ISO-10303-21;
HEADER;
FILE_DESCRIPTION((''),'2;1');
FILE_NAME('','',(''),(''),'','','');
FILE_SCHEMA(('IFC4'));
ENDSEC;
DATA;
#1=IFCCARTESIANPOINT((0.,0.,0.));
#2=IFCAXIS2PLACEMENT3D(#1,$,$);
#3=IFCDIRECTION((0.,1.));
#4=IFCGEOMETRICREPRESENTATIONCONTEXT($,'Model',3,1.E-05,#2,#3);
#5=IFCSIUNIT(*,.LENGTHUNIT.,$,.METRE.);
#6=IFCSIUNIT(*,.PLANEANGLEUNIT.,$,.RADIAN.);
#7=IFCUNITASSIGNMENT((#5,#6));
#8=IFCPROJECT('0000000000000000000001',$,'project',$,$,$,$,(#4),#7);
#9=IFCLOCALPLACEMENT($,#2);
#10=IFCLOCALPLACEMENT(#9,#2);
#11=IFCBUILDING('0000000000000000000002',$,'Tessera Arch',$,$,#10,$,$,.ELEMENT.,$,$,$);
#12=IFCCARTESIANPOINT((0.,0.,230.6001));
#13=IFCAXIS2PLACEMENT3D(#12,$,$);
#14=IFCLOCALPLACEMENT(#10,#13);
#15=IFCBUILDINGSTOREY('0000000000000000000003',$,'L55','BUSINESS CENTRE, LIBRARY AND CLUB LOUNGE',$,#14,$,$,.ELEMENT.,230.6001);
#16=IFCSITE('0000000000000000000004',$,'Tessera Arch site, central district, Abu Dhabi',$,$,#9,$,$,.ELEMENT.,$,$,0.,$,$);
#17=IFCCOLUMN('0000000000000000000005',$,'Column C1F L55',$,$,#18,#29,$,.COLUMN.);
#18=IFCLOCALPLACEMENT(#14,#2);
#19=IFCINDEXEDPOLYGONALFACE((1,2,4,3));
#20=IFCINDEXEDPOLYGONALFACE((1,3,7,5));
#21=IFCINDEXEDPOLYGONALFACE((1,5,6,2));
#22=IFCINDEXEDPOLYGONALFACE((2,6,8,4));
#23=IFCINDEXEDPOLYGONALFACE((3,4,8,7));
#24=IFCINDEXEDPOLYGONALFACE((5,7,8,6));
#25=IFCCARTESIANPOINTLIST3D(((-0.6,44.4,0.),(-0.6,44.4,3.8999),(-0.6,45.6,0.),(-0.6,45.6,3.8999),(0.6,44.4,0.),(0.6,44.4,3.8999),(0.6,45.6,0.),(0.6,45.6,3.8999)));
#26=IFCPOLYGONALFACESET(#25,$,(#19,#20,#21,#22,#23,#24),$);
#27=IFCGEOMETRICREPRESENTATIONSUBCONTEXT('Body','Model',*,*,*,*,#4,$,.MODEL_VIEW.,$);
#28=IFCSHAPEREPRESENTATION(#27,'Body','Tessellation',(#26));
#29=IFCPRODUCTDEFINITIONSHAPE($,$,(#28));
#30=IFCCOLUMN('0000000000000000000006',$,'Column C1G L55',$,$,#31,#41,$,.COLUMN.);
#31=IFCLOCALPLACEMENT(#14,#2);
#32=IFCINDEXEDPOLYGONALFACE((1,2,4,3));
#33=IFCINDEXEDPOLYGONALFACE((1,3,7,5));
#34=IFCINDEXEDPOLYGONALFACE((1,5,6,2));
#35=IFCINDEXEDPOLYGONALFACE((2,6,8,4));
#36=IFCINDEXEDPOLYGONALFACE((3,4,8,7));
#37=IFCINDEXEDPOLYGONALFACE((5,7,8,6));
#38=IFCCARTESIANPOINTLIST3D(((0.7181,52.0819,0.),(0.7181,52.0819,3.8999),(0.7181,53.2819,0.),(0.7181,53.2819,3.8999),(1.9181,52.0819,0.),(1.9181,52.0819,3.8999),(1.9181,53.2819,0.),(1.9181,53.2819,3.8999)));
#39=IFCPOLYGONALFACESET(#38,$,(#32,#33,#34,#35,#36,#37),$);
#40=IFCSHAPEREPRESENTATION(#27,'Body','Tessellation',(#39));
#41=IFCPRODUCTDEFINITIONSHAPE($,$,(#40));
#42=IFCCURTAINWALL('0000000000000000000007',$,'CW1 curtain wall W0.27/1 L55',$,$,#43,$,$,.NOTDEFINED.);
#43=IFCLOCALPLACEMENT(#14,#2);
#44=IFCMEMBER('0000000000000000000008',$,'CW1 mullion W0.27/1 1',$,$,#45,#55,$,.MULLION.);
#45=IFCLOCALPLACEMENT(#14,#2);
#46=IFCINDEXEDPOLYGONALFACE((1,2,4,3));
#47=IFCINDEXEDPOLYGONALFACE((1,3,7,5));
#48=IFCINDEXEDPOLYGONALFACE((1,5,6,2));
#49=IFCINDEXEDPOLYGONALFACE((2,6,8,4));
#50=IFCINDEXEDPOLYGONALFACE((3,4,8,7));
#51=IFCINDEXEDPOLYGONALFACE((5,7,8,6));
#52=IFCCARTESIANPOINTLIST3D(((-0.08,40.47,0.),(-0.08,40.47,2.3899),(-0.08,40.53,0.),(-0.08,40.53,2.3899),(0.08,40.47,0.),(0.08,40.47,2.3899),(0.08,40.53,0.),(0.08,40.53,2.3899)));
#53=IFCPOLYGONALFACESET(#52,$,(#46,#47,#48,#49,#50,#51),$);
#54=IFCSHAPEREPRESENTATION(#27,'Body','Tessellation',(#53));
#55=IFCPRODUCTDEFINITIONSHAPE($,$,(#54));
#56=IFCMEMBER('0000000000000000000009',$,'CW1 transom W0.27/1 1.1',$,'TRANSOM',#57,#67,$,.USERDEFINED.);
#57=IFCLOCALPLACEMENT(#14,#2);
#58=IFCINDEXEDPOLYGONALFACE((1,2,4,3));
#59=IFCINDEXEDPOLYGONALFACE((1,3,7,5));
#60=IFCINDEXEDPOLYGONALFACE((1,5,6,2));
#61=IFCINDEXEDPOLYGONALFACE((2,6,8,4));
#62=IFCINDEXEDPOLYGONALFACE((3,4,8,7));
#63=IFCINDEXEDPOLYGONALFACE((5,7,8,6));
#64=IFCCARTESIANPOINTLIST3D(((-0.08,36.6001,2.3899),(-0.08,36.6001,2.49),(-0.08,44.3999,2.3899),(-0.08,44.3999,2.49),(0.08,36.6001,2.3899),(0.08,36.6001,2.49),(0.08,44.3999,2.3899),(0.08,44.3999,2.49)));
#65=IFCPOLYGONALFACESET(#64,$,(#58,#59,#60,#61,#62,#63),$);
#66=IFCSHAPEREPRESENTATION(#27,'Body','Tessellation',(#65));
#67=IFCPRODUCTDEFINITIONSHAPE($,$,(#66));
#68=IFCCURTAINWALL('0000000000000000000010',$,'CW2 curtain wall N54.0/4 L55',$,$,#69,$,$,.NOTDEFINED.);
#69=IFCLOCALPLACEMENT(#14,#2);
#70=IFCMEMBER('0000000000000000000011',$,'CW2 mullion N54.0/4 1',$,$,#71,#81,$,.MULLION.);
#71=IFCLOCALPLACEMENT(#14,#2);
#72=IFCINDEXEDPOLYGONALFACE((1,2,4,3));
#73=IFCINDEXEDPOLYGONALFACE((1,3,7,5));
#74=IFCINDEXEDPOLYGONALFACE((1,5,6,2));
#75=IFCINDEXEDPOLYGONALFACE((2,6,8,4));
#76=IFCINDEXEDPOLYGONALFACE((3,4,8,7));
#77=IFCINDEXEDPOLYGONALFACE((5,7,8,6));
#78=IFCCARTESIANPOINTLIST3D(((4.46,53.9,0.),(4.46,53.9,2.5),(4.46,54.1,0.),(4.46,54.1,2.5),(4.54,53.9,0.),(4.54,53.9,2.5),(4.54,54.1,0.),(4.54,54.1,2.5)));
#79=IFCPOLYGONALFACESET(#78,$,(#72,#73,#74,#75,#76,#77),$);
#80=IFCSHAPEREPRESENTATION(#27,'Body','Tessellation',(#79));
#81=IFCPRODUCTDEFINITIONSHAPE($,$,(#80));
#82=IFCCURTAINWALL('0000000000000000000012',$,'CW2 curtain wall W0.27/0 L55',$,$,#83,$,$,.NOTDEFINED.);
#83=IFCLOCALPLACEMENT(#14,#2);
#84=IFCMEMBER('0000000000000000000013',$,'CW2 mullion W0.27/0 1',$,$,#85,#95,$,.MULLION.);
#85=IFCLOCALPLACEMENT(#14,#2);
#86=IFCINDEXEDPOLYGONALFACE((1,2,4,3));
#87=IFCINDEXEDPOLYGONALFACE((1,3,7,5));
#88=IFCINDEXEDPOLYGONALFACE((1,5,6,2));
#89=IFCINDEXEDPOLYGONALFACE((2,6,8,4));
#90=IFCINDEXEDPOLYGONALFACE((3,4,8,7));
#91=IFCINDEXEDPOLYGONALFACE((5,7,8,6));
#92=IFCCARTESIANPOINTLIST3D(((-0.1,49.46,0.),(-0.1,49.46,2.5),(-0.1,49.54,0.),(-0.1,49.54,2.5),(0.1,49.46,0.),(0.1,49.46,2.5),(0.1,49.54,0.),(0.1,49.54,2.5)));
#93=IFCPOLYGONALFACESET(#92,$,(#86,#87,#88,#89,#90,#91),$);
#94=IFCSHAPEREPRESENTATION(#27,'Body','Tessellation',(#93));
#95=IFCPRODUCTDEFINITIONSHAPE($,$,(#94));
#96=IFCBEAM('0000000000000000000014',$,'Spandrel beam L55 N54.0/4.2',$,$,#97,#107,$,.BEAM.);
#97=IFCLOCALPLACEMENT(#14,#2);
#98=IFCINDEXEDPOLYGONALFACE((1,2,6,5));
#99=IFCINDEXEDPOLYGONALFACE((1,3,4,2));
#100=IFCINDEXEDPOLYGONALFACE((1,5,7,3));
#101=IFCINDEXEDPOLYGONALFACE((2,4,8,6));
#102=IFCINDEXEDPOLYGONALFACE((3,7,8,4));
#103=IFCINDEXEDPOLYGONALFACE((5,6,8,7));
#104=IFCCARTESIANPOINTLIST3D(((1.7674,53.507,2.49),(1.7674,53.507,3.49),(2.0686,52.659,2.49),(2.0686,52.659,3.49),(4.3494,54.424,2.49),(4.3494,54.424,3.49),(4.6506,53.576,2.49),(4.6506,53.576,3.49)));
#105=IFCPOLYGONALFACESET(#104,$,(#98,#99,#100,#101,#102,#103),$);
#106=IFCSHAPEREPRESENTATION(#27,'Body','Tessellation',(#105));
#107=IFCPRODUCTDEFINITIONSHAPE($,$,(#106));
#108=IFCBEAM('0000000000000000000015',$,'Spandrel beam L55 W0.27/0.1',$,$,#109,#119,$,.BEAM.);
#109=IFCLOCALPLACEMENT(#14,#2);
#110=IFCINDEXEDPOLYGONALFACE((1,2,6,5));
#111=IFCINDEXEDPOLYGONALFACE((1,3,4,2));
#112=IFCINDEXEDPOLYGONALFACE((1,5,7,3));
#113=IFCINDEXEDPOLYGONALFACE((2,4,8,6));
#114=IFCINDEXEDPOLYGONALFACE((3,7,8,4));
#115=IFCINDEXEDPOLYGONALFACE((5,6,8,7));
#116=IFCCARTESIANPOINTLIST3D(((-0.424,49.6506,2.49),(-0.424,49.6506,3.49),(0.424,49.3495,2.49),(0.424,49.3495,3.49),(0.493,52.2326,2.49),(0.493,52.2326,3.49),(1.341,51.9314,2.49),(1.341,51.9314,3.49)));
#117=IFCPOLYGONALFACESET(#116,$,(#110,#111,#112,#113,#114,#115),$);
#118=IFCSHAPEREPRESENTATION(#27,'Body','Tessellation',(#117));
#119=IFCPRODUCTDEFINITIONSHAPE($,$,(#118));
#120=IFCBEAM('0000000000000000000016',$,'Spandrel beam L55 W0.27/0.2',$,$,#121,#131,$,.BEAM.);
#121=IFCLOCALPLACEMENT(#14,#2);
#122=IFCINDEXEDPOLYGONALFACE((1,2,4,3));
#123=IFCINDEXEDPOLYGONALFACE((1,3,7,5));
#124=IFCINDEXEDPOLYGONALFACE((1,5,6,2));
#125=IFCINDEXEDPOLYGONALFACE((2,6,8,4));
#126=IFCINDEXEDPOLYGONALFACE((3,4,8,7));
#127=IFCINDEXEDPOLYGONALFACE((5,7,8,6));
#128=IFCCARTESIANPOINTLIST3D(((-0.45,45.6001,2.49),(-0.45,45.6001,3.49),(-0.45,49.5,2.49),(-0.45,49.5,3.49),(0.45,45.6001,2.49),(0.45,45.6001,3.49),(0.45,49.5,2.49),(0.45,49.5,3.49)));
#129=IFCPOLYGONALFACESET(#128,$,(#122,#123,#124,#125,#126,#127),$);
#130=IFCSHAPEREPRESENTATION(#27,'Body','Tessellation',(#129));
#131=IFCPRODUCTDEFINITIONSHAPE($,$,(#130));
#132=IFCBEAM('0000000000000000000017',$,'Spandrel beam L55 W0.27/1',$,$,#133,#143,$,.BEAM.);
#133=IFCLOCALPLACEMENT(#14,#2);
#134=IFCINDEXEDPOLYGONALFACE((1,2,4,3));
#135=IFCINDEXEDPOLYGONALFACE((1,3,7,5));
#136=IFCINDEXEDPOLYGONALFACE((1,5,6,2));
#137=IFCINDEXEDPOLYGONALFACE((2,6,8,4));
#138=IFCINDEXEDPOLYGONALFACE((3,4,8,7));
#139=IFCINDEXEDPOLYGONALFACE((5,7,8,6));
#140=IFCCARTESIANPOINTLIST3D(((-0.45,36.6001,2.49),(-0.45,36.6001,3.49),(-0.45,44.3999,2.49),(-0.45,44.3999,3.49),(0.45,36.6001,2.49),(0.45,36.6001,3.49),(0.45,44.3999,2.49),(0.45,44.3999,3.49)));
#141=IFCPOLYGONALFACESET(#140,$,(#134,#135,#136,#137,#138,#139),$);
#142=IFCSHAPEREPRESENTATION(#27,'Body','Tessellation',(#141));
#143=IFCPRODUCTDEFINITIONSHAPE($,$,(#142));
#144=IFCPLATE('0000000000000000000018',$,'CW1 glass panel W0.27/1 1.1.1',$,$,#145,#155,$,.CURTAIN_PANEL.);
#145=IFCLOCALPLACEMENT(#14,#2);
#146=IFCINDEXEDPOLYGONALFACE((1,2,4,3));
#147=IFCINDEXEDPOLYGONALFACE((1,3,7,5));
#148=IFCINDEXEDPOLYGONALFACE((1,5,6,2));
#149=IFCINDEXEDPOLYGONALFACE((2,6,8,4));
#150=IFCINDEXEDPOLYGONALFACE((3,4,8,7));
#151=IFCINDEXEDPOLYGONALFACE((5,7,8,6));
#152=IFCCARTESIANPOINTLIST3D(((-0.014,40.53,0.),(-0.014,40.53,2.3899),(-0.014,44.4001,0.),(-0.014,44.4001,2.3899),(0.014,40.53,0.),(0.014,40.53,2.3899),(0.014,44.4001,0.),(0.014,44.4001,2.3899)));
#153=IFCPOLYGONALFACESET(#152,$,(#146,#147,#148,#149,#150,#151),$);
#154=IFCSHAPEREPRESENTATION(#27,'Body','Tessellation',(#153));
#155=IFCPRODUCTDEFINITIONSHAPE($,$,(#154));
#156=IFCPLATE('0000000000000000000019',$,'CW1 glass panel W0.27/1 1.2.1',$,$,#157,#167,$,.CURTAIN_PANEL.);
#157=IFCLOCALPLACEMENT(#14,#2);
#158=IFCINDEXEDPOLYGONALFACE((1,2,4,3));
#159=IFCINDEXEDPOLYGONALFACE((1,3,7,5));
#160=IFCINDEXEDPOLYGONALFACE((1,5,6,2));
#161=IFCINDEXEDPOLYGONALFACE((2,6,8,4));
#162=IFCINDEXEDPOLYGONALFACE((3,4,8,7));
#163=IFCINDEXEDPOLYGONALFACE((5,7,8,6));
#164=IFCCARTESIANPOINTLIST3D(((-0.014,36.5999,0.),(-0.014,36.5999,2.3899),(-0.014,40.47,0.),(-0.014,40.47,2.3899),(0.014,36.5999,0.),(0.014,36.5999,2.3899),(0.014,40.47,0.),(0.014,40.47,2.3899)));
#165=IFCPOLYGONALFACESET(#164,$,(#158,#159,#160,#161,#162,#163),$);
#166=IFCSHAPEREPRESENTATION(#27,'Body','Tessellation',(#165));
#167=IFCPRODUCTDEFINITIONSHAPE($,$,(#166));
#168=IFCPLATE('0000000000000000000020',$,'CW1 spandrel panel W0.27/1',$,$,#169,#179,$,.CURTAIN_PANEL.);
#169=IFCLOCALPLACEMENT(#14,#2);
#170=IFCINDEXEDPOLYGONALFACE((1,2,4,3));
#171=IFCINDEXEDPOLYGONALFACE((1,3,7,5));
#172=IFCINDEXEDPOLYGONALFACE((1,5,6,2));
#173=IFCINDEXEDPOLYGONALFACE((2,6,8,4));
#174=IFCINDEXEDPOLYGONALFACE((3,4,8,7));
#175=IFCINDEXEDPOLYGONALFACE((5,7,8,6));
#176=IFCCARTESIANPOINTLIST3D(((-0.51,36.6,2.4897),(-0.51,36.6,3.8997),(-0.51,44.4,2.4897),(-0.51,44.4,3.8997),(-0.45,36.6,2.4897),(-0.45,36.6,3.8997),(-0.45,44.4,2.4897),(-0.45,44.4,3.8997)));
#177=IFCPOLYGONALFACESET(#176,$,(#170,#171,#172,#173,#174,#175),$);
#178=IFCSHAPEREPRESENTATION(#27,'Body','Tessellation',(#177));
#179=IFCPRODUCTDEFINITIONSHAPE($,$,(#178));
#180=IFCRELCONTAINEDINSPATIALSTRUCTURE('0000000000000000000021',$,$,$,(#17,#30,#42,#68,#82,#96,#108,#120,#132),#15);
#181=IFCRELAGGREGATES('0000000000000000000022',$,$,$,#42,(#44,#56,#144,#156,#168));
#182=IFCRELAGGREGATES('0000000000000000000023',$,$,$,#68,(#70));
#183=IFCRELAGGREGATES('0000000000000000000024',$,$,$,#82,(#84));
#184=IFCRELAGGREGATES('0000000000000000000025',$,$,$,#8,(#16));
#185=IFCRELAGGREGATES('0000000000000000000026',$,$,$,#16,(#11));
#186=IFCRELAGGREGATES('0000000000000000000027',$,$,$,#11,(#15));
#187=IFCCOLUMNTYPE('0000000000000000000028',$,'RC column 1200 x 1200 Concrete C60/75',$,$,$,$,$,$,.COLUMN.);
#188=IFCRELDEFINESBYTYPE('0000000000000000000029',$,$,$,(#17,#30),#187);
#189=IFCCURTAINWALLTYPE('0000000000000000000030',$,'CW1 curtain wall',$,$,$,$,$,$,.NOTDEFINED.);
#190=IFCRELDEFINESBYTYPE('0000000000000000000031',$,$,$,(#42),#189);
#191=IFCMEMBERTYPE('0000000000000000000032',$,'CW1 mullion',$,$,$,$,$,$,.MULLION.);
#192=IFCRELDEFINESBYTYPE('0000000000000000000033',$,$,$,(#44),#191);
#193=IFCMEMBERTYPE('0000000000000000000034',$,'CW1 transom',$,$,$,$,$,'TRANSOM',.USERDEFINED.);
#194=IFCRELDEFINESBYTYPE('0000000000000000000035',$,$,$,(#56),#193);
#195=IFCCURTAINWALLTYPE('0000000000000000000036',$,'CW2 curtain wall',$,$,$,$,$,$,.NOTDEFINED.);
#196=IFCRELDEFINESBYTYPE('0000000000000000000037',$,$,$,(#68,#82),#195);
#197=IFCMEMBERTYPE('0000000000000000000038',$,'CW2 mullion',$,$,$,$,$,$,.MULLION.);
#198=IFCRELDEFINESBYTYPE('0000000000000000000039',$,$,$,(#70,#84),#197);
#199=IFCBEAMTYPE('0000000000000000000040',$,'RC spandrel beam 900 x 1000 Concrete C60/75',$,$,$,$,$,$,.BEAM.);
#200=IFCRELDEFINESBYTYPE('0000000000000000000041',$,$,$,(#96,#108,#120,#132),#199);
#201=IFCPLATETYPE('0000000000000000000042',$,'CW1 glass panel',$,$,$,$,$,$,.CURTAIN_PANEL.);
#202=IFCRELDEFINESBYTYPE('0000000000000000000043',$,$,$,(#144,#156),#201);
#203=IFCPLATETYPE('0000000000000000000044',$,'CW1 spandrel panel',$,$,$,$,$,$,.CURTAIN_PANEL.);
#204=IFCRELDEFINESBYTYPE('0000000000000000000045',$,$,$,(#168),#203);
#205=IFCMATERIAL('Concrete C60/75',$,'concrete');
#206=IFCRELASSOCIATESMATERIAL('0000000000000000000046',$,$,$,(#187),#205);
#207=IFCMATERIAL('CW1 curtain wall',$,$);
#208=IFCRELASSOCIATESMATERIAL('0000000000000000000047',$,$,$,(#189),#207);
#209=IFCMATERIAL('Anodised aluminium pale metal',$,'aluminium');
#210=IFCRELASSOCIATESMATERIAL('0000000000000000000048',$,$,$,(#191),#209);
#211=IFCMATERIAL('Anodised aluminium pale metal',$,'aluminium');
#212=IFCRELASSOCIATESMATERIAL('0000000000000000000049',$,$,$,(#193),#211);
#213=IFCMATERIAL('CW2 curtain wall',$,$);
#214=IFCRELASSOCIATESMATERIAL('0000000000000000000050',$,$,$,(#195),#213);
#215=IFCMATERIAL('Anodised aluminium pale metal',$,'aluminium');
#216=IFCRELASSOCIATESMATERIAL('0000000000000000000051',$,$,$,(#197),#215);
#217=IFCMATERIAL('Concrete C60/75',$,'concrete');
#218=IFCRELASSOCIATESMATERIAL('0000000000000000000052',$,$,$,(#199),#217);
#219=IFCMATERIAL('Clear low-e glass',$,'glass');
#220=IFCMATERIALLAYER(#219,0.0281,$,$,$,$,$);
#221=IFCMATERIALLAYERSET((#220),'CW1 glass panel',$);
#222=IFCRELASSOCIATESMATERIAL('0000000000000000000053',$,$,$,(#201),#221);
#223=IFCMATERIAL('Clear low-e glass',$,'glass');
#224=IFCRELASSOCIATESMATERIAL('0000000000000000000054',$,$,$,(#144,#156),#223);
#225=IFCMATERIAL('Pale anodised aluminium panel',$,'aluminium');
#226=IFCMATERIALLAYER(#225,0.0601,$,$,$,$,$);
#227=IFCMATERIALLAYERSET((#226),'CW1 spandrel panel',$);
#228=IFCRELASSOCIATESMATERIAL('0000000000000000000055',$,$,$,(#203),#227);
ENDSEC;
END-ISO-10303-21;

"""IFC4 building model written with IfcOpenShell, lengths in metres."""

from ifc_helpers import new_model, si_unit, direction, frame, origin, origin_2d, place, context, subcontext, project, spatial, rectangle, extrude, material, layer, layer_set, material_profile, profile_set, type_object, element, aggregate, save


model = new_model("IFC4")

# Units and contexts
model_context = context("Model", 3, precision=1e-05, world=origin(), true_north=direction((0.0, 1.0)))
body_context = subcontext(model_context, "Body", "Model", "MODEL_VIEW")
ifc_project = project(units=[si_unit("LENGTHUNIT", "METRE"), si_unit("PLANEANGLEUNIT", "RADIAN")], contexts=[model_context])

# Site, building, storey
site_placement = place(None, origin())
site = spatial("IfcSite", under=ifc_project, at=site_placement, Name="Tessera Arch site, central district, Abu Dhabi", CompositionType="ELEMENT", RefElevation=0.0)
building_placement = place(site_placement, origin())
building = spatial("IfcBuilding", under=site, at=building_placement, Name="Tessera Arch", CompositionType="ELEMENT")
storey_placement = place(building_placement, frame((0.0, 0.0, 230.6001)))
storey = spatial("IfcBuildingStorey", under=building, at=storey_placement, Name="L55", Description="BUSINESS CENTRE, LIBRARY AND CLUB LOUNGE", CompositionType="ELEMENT", Elevation=230.6001)

# Columns
ifc_material_1 = material(Name="Concrete C60/75", Category="concrete")
ifc_material_profile_1 = material_profile(ifc_material_1, rectangle(XDim=1.2, YDim=1.2, at=origin_2d()), Name="RC column 1200 x 1200 Concrete C60/75")
ifc_profile_set_1 = profile_set([ifc_material_profile_1], Name="Concrete C60/75")
column_type = type_object("IfcColumnType", Name="RC column 1200 x 1200 Concrete C60/75", PredefinedType="COLUMN", material=ifc_profile_set_1)
for number, where, z_axis, x_axis, name in (
    (1, (0.0, 45.0, 0.0), (0.0, 0.0, 1.0), (1.0, 0.0, 0.0), "Column C1F L55"),
    (2, (1.3181, 52.6819, 0.0), (0.0, 0.0, 1.0), (1.0, 0.0, 0.0), "Column C1G L55"),
):
    element("IfcColumn", number, at=place(storey_placement, frame(where, z_axis=z_axis, x_axis=x_axis)), inside=storey, type_object=column_type, Name=name, PredefinedType="COLUMN", context=body_context, shape_type="SweptSolid", body=[
        extrude(rectangle(XDim=1.2, YDim=1.2, at=origin_2d()), origin(), (0.0, 0.0, 1.0), 3.8999),
    ])

# Curtain wall, members
ifc_material_2 = material(Name="CW1 curtain wall")
curtain_wall_type_1 = type_object("IfcCurtainWallType", Name="CW1 curtain wall", PredefinedType="NOTDEFINED", material=ifc_material_2)
curtain_wall_1_placement = place(storey_placement, origin())
curtain_wall_1 = element("IfcCurtainWall", 3, at=curtain_wall_1_placement, inside=storey, type_object=curtain_wall_type_1, Name="CW1 curtain wall W0.27/1 L55", PredefinedType="NOTDEFINED")
ifc_material_3 = material(Name="Anodised aluminium pale metal", Category="aluminium")
ifc_material_profile_2 = material_profile(ifc_material_3, rectangle(XDim=0.1599, YDim=0.0601, at=origin_2d()), Name="AL 60x160")
ifc_profile_set_2 = profile_set([ifc_material_profile_2], Name="Anodised aluminium pale metal")
member_type_1 = type_object("IfcMemberType", Name="CW1 mullion", PredefinedType="MULLION", material=ifc_profile_set_2)
member_1_placement = place(storey_placement, frame((0.0, 40.5, 0.0), z_axis=(0.0, 0.0, 1.0), x_axis=(1.0, 0.0, 0.0)))
member_1 = element("IfcMember", 4, at=member_1_placement, type_object=member_type_1, Name="CW1 mullion W0.27/1 1", PredefinedType="MULLION", context=body_context, shape_type="SweptSolid", body=[
    extrude(rectangle(XDim=0.1599, YDim=0.0601, at=origin_2d()), origin(), (0.0, 0.0, 1.0), 2.3899),
])
ifc_material_4 = material(Name="Anodised aluminium pale metal", Category="aluminium")
ifc_material_profile_3 = material_profile(ifc_material_4, rectangle(XDim=0.1599, YDim=0.1001, at=origin_2d()), Name="AL 160x100")
ifc_profile_set_3 = profile_set([ifc_material_profile_3], Name="Anodised aluminium pale metal")
member_type_2 = type_object("IfcMemberType", Name="CW1 transom", ElementType="TRANSOM", PredefinedType="USERDEFINED", material=ifc_profile_set_3)
member_2_placement = place(storey_placement, frame((0.0, 44.3999, 2.4399), z_axis=(0.0, -1.0, 0.0), x_axis=(1.0, 0.0, 0.0)))
member_2 = element("IfcMember", 5, at=member_2_placement, type_object=member_type_2, Name="CW1 transom W0.27/1 1.1", ObjectType="TRANSOM", PredefinedType="USERDEFINED", context=body_context, shape_type="SweptSolid", body=[
    extrude(rectangle(XDim=0.1599, YDim=0.1001, at=origin_2d()), origin(), (0.0, 0.0, 1.0), 7.7998),
])

# Curtain walls, members
ifc_material_5 = material(Name="CW2 curtain wall")
curtain_wall_type_2 = type_object("IfcCurtainWallType", Name="CW2 curtain wall", PredefinedType="NOTDEFINED", material=ifc_material_5)
curtain_wall_2_placement = place(storey_placement, origin())
curtain_wall_2 = element("IfcCurtainWall", 6, at=curtain_wall_2_placement, inside=storey, type_object=curtain_wall_type_2, Name="CW2 curtain wall N54.0/4 L55", PredefinedType="NOTDEFINED")
ifc_material_6 = material(Name="Anodised aluminium pale metal", Category="aluminium")
ifc_material_profile_4 = material_profile(ifc_material_6, rectangle(XDim=0.2, YDim=0.0801, at=origin_2d()), Name="AL 80x200")
ifc_profile_set_4 = profile_set([ifc_material_profile_4], Name="Anodised aluminium pale metal")
member_type_3 = type_object("IfcMemberType", Name="CW2 mullion", PredefinedType="MULLION", material=ifc_profile_set_4)
member_3_placement = place(storey_placement, frame((4.5, 54.0, 0.0), z_axis=(0.0, 0.0, 1.0), x_axis=(0.0, -1.0, 0.0)))
member_3 = element("IfcMember", 7, at=member_3_placement, type_object=member_type_3, Name="CW2 mullion N54.0/4 1", PredefinedType="MULLION", context=body_context, shape_type="SweptSolid", body=[
    extrude(rectangle(XDim=0.2, YDim=0.0801, at=origin_2d()), origin(), (0.0, 0.0, 1.0), 2.5),
])
curtain_wall_3_placement = place(storey_placement, origin())
curtain_wall_3 = element("IfcCurtainWall", 8, at=curtain_wall_3_placement, inside=storey, type_object=curtain_wall_type_2, Name="CW2 curtain wall W0.27/0 L55", PredefinedType="NOTDEFINED")
member_4_placement = place(storey_placement, frame((0.0, 49.5, 0.0), z_axis=(0.0, 0.0, 1.0), x_axis=(1.0, 0.0, 0.0)))
member_4 = element("IfcMember", 9, at=member_4_placement, type_object=member_type_3, Name="CW2 mullion W0.27/0 1", PredefinedType="MULLION", context=body_context, shape_type="SweptSolid", body=[
    extrude(rectangle(XDim=0.2, YDim=0.0801, at=origin_2d()), origin(), (0.0, 0.0, 1.0), 2.5),
])

# Beams
ifc_material_7 = material(Name="Concrete C60/75", Category="concrete")
ifc_material_profile_5 = material_profile(ifc_material_7, rectangle(XDim=0.8999, YDim=1.0, at=origin_2d()), Name="RC spandrel beam 900 x 1000 Concrete C60/75")
ifc_profile_set_5 = profile_set([ifc_material_profile_5], Name="Concrete C60/75")
beam_type = type_object("IfcBeamType", Name="RC spandrel beam 900 x 1000 Concrete C60/75", PredefinedType="BEAM", material=ifc_profile_set_5)
for number, where, z_axis, x_axis, name in (
    (10, (4.5, 54.0, 2.99), (-0.942337, -0.334665, 0.0), (0.334665, -0.942337, 0.0), "Spandrel beam L55 N54.0/4.2"),
    (11, (0.917, 52.082, 2.99), (-0.334665, -0.942337, 0.0), (0.942337, -0.334665, 0.0), "Spandrel beam L55 W0.27/0.1"),
):
    element("IfcBeam", number, at=place(storey_placement, frame(where, z_axis=z_axis, x_axis=x_axis)), inside=storey, type_object=beam_type, Name=name, PredefinedType="BEAM", context=body_context, shape_type="SweptSolid", body=[
        extrude(rectangle(XDim=0.8999, YDim=1.0, at=origin_2d()), origin(), (0.0, 0.0, 1.0), 2.74),
    ])
beam_1_placement = place(storey_placement, frame((0.0, 49.5, 2.99), z_axis=(0.0, -1.0, 0.0), x_axis=(1.0, 0.0, 0.0)))
element("IfcBeam", 12, at=beam_1_placement, inside=storey, type_object=beam_type, Name="Spandrel beam L55 W0.27/0.2", PredefinedType="BEAM", context=body_context, shape_type="SweptSolid", body=[
    extrude(rectangle(XDim=0.8999, YDim=1.0, at=origin_2d()), origin(), (0.0, 0.0, 1.0), 3.8999),
])
beam_2_placement = place(storey_placement, frame((0.0, 44.3999, 2.99), z_axis=(0.0, -1.0, 0.0), x_axis=(1.0, 0.0, 0.0)))
element("IfcBeam", 13, at=beam_2_placement, inside=storey, type_object=beam_type, Name="Spandrel beam L55 W0.27/1", PredefinedType="BEAM", context=body_context, shape_type="SweptSolid", body=[
    extrude(rectangle(XDim=0.8999, YDim=1.0, at=origin_2d()), origin(), (0.0, 0.0, 1.0), 7.7998),
])

# Plates
ifc_material_8 = material(Name="Clear low-e glass", Category="glass")
ifc_material_9 = material(Name="Clear low-e glass", Category="glass")
ifc_layer_1 = layer(ifc_material_9, 0.0281)
ifc_layer_set_1 = layer_set([ifc_layer_1], Name="CW1 glass panel")
plate_type_1 = type_object("IfcPlateType", Name="CW1 glass panel", PredefinedType="CURTAIN_PANEL", material=ifc_layer_set_1)
plate_1_placement = place(storey_placement, frame((0.0, 42.4651, 0.0), z_axis=(0.0, 0.0, 1.0), x_axis=(0.0, -1.0, 0.0)))
plate_1 = element("IfcPlate", 14, at=plate_1_placement, type_object=plate_type_1, material=ifc_material_8, Name="CW1 glass panel W0.27/1 1.1.1", PredefinedType="CURTAIN_PANEL", context=body_context, shape_type="SweptSolid", body=[
    extrude(rectangle(XDim=3.8701, YDim=0.0281, at=origin_2d()), origin(), (0.0, 0.0, 1.0), 2.3899),
])
plate_2_placement = place(storey_placement, frame((0.0, 38.5349, 0.0), z_axis=(0.0, 0.0, 1.0), x_axis=(0.0, -1.0, 0.0)))
plate_2 = element("IfcPlate", 15, at=plate_2_placement, type_object=plate_type_1, material=ifc_material_8, Name="CW1 glass panel W0.27/1 1.2.1", PredefinedType="CURTAIN_PANEL", context=body_context, shape_type="SweptSolid", body=[
    extrude(rectangle(XDim=3.8701, YDim=0.0281, at=origin_2d()), origin(), (0.0, 0.0, 1.0), 2.3899),
])
ifc_material_10 = material(Name="Pale anodised aluminium panel", Category="aluminium")
ifc_layer_2 = layer(ifc_material_10, 0.0601)
ifc_layer_set_2 = layer_set([ifc_layer_2], Name="CW1 spandrel panel")
plate_type_2 = type_object("IfcPlateType", Name="CW1 spandrel panel", PredefinedType="CURTAIN_PANEL", material=ifc_layer_set_2)
plate_3_placement = place(storey_placement, frame((-0.48, 40.5, 2.4897), z_axis=(0.0, 0.0, 1.0), x_axis=(0.0, -1.0, 0.0)))
plate_3 = element("IfcPlate", 16, at=plate_3_placement, type_object=plate_type_2, Name="CW1 spandrel panel W0.27/1", PredefinedType="CURTAIN_PANEL", context=body_context, shape_type="SweptSolid", body=[
    extrude(rectangle(XDim=7.8, YDim=0.0601, at=origin_2d()), origin(), (0.0, 0.0, 1.0), 1.4099),
])
aggregate(curtain_wall_1, [member_1, member_2, plate_1, plate_2, plate_3])
aggregate(curtain_wall_2, [member_3])
aggregate(curtain_wall_3, [member_4])

save(model, "model.ifc")
